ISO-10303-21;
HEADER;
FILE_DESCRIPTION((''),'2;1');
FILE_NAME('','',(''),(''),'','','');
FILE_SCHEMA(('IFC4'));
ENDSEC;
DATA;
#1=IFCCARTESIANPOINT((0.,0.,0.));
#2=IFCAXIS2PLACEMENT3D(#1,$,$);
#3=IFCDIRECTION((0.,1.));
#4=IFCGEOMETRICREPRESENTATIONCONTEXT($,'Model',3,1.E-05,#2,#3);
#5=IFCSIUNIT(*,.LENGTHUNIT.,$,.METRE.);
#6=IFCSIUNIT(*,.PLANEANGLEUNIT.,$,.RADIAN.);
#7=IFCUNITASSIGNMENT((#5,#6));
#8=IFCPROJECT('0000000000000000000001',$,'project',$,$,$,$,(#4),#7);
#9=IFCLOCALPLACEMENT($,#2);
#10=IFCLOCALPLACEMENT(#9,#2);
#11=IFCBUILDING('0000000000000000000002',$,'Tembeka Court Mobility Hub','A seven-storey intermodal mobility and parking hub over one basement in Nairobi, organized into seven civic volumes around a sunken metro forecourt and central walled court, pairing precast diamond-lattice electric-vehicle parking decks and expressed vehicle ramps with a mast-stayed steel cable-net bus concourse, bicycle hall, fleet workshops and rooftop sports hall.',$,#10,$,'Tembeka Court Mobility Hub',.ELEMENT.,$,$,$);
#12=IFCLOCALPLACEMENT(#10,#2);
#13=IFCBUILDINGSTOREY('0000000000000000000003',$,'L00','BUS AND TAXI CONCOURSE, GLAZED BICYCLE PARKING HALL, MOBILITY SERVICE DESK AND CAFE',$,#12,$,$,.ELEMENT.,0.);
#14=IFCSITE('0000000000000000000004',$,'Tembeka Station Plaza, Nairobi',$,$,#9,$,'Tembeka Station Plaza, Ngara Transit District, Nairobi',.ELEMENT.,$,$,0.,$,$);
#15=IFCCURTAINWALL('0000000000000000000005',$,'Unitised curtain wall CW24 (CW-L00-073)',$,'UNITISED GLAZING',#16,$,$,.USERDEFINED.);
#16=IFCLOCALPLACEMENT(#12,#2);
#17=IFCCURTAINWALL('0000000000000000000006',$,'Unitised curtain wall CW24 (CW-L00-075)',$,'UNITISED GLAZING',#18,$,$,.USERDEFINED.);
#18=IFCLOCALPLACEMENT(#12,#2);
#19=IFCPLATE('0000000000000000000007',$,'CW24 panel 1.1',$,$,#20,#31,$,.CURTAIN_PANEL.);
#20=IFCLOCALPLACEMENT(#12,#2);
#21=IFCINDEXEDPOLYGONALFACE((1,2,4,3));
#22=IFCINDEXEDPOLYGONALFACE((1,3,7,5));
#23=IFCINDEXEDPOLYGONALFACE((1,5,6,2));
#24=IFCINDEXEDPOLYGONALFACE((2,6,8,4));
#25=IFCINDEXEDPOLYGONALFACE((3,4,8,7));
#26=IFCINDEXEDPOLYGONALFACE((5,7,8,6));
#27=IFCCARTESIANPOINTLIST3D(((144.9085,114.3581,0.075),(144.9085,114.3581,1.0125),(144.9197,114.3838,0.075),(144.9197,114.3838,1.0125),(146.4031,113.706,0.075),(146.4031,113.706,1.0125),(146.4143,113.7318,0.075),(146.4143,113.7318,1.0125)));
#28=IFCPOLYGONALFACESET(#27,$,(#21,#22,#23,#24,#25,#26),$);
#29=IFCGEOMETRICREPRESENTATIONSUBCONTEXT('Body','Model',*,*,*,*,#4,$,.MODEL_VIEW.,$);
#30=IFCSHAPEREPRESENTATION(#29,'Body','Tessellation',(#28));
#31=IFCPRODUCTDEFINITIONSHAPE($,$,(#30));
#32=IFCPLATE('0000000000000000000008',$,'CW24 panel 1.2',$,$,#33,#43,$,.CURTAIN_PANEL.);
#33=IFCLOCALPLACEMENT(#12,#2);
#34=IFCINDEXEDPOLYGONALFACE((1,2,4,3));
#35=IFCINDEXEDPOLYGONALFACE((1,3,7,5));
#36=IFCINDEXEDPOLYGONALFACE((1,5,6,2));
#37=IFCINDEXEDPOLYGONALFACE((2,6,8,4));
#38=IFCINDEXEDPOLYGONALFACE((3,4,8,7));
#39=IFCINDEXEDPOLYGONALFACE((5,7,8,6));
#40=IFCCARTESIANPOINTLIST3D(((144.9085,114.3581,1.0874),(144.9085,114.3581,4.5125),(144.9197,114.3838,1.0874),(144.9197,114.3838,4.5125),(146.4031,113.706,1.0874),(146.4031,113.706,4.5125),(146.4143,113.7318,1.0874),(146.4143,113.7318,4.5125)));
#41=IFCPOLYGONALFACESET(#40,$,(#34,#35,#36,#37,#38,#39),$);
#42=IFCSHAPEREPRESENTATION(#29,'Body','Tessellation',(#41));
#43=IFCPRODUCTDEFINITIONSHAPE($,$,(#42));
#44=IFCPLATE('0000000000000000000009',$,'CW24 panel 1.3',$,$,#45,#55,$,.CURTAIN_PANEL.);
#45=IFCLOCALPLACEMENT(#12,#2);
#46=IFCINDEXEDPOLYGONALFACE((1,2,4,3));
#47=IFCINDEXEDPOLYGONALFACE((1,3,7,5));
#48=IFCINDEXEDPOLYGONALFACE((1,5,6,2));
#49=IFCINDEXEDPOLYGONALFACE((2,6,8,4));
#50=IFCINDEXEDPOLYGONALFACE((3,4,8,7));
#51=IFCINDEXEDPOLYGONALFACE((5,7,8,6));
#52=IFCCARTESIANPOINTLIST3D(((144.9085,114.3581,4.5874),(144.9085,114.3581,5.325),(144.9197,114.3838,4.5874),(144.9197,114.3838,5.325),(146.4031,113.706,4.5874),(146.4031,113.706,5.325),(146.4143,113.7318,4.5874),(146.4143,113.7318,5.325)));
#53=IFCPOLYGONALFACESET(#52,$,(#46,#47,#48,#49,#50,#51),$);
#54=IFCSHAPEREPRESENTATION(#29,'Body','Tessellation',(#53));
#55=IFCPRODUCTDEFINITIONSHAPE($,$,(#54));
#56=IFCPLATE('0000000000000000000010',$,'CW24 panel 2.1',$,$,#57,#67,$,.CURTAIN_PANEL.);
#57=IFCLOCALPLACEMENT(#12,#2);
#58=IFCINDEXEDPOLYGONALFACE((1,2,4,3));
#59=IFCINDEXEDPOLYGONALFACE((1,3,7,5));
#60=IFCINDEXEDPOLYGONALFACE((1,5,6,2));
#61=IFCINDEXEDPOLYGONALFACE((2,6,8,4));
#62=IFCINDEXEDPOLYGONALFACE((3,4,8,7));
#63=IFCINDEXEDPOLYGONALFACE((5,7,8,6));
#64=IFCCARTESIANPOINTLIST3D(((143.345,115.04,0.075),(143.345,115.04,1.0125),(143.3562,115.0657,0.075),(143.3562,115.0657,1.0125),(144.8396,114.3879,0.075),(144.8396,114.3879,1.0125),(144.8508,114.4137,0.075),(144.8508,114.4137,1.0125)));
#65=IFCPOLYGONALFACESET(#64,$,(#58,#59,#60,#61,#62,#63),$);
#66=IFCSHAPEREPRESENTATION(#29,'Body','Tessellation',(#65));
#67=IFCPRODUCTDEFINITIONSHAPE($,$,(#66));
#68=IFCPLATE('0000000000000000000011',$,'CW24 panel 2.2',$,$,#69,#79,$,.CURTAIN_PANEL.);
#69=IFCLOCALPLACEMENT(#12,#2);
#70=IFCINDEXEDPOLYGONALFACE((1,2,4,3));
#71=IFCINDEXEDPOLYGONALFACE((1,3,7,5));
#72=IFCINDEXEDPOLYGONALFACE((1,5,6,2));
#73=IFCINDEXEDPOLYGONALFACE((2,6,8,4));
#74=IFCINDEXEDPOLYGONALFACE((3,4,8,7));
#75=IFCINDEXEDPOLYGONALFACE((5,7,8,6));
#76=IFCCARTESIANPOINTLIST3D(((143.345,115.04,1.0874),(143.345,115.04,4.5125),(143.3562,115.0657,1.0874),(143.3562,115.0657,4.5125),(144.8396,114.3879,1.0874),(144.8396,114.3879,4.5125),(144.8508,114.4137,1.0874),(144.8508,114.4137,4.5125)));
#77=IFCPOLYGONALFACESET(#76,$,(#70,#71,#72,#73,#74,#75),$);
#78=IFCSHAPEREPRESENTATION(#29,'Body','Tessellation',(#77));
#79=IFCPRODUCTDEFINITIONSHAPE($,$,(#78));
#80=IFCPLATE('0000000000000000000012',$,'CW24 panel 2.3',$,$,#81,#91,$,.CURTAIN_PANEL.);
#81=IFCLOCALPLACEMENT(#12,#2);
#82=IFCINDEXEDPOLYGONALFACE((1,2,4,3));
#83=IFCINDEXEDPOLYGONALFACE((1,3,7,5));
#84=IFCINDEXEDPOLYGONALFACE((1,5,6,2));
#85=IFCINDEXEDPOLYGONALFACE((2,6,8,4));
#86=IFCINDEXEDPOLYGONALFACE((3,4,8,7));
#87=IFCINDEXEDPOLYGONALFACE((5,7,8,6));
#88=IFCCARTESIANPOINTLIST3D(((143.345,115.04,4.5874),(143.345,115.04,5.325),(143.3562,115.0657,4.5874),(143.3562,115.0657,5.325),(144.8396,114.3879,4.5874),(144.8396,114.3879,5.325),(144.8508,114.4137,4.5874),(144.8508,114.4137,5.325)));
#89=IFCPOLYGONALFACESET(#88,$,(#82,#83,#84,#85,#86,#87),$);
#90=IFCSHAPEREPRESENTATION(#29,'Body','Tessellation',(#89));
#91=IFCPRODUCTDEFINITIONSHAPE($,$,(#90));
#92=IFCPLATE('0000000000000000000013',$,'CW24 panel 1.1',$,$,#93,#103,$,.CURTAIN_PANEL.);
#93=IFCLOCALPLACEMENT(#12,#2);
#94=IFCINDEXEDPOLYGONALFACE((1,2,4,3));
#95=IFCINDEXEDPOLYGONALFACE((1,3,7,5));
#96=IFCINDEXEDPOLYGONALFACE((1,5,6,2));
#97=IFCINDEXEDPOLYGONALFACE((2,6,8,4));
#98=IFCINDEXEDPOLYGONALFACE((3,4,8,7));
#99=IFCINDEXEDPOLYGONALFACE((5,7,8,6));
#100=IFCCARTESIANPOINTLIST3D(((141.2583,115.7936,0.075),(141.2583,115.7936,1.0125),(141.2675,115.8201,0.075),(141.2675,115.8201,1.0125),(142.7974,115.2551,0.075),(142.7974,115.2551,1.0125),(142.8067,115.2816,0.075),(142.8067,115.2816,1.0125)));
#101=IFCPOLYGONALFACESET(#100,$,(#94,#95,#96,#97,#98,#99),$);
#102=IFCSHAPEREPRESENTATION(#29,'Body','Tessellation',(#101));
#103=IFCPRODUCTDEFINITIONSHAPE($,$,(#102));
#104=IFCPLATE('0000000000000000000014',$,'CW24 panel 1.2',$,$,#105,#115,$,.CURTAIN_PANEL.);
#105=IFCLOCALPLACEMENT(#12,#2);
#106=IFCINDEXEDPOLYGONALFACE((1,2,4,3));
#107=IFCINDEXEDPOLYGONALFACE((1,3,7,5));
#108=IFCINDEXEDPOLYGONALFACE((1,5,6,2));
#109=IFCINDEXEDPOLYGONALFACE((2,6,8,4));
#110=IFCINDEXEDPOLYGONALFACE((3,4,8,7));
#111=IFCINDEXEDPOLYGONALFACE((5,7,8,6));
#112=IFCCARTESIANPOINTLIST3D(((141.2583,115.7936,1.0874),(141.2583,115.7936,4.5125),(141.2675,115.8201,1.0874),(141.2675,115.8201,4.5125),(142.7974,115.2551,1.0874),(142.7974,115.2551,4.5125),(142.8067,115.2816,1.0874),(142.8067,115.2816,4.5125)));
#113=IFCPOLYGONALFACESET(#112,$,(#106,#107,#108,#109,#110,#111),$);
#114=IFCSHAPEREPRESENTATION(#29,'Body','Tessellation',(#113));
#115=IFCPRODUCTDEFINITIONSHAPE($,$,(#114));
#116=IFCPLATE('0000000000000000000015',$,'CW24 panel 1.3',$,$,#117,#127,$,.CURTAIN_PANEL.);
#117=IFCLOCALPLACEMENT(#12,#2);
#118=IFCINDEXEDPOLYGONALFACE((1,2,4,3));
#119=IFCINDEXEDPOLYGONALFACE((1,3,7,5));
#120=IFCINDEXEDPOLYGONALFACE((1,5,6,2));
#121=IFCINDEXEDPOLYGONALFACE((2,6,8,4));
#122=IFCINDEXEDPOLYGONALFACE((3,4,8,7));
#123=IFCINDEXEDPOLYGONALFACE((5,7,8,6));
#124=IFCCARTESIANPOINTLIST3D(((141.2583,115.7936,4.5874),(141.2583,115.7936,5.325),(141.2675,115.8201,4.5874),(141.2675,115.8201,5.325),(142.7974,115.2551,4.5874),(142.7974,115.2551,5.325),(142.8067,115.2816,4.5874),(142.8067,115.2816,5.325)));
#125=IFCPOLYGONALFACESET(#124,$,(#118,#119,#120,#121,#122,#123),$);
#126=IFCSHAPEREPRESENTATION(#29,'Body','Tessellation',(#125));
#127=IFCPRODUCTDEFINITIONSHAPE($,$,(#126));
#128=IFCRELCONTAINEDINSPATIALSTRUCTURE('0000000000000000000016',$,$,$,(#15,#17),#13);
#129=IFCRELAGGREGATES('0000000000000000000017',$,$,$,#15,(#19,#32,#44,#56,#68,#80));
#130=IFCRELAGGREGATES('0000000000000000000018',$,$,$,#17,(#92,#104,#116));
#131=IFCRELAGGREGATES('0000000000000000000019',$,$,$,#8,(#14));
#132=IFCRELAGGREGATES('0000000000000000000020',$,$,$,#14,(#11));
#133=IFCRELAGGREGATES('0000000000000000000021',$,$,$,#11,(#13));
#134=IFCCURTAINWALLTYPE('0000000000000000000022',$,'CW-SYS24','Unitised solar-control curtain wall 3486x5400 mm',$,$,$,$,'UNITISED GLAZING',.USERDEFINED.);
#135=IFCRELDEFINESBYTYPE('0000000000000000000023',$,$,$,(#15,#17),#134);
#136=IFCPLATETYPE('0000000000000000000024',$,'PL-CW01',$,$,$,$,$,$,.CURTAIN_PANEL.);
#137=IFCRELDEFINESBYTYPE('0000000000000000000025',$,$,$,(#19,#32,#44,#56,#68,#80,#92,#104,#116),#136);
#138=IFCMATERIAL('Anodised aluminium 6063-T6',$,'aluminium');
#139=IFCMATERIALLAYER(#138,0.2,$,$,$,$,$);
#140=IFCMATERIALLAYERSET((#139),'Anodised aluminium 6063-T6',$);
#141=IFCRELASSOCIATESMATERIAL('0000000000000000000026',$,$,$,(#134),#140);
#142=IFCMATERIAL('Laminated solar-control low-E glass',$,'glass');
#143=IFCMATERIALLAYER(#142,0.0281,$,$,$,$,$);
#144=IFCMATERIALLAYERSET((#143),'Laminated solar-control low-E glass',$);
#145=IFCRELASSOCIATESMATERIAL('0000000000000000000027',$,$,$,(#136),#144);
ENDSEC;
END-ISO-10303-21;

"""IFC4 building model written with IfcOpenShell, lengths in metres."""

from ifc_helpers import new_model, si_unit, direction, frame, origin, origin_2d, place, context, subcontext, project, spatial, rectangle, extrude, material, layer, layer_set, type_object, element, aggregate, save


model = new_model("IFC4")

# Units and contexts
model_context = context("Model", 3, precision=1e-05, world=origin(), true_north=direction((0.0, 1.0)))
body_context = subcontext(model_context, "Body", "Model", "MODEL_VIEW")
ifc_project = project(units=[si_unit("LENGTHUNIT", "METRE"), si_unit("PLANEANGLEUNIT", "RADIAN")], contexts=[model_context])

# Site, building, storey
site_placement = place(None, origin())
site = spatial("IfcSite", under=ifc_project, at=site_placement, Name="Tembeka Station Plaza, Nairobi", LongName="Tembeka Station Plaza, Ngara Transit District, Nairobi", CompositionType="ELEMENT", RefElevation=0.0)
building_placement = place(site_placement, origin())
building = spatial("IfcBuilding", under=site, at=building_placement, Name="Tembeka Court Mobility Hub", Description="A seven-storey intermodal mobility and parking hub over one basement in Nairobi, organized into seven civic volumes around a sunken metro forecourt and central walled court, pairing precast diamond-lattice electric-vehicle parking decks and expressed vehicle ramps with a mast-stayed steel cable-net bus concourse, bicycle hall, fleet workshops and rooftop sports hall.", LongName="Tembeka Court Mobility Hub", CompositionType="ELEMENT")
storey_placement = place(building_placement, origin())
storey = spatial("IfcBuildingStorey", under=building, at=storey_placement, Name="L00", Description="BUS AND TAXI CONCOURSE, GLAZED BICYCLE PARKING HALL, MOBILITY SERVICE DESK AND CAFE", CompositionType="ELEMENT", Elevation=0.0)

# Shared definitions
ifc_material_1 = material(Name="Anodised aluminium 6063-T6", Category="aluminium")
ifc_layer_1 = layer(ifc_material_1, 0.2)
ifc_layer_set_1 = layer_set([ifc_layer_1], Name="Anodised aluminium 6063-T6")
curtain_wall_type = type_object("IfcCurtainWallType", Name="CW-SYS24", Description="Unitised solar-control curtain wall 3486x5400 mm", ElementType="UNITISED GLAZING", PredefinedType="USERDEFINED", material=ifc_layer_set_1)

# Curtain walls
curtain_wall_1_placement = place(storey_placement, origin())
curtain_wall_1 = element("IfcCurtainWall", 1, at=curtain_wall_1_placement, inside=storey, type_object=curtain_wall_type, Name="Unitised curtain wall CW24 (CW-L00-073)", ObjectType="UNITISED GLAZING", PredefinedType="USERDEFINED")
curtain_wall_2_placement = place(storey_placement, origin())
curtain_wall_2 = element("IfcCurtainWall", 2, at=curtain_wall_2_placement, inside=storey, type_object=curtain_wall_type, Name="Unitised curtain wall CW24 (CW-L00-075)", ObjectType="UNITISED GLAZING", PredefinedType="USERDEFINED")

# Plates
ifc_material_2 = material(Name="Laminated solar-control low-E glass", Category="glass")
ifc_layer_2 = layer(ifc_material_2, 0.0281)
ifc_layer_set_2 = layer_set([ifc_layer_2], Name="Laminated solar-control low-E glass")
plate_type = type_object("IfcPlateType", Name="PL-CW01", PredefinedType="CURTAIN_PANEL", material=ifc_layer_set_2)
plate_1_placement = place(storey_placement, frame((145.6614, 114.0449, 0.075), z_axis=(0.0, 0.0, 1.0), x_axis=(-0.916572, 0.399869, 0.0)))
plate_1 = element("IfcPlate", 3, at=plate_1_placement, type_object=plate_type, Name="CW24 panel 1.1", PredefinedType="CURTAIN_PANEL", context=body_context, shape_type="SweptSolid", body=[
    extrude(rectangle(XDim=1.6306, YDim=0.0281, at=origin_2d()), origin(), (0.0, 0.0, 1.0), 0.9375),
])
plate_2_placement = place(storey_placement, frame((145.6614, 114.0449, 1.0874), z_axis=(0.0, 0.0, 1.0), x_axis=(-0.916572, 0.399869, 0.0)))
plate_2 = element("IfcPlate", 4, at=plate_2_placement, type_object=plate_type, Name="CW24 panel 1.2", PredefinedType="CURTAIN_PANEL", context=body_context, shape_type="SweptSolid", body=[
    extrude(rectangle(XDim=1.6306, YDim=0.0281, at=origin_2d()), origin(), (0.0, 0.0, 1.0), 3.425),
])
plate_3_placement = place(storey_placement, frame((145.6614, 114.0449, 4.5874), z_axis=(0.0, 0.0, 1.0), x_axis=(-0.916572, 0.399869, 0.0)))
plate_3 = element("IfcPlate", 5, at=plate_3_placement, type_object=plate_type, Name="CW24 panel 1.3", PredefinedType="CURTAIN_PANEL", context=body_context, shape_type="SweptSolid", body=[
    extrude(rectangle(XDim=1.6306, YDim=0.0281, at=origin_2d()), origin(), (0.0, 0.0, 1.0), 0.7375),
])
plate_4_placement = place(storey_placement, frame((144.0979, 114.7268, 0.075), z_axis=(0.0, 0.0, 1.0), x_axis=(-0.916572, 0.399869, 0.0)))
plate_4 = element("IfcPlate", 6, at=plate_4_placement, type_object=plate_type, Name="CW24 panel 2.1", PredefinedType="CURTAIN_PANEL", context=body_context, shape_type="SweptSolid", body=[
    extrude(rectangle(XDim=1.6306, YDim=0.0281, at=origin_2d()), origin(), (0.0, 0.0, 1.0), 0.9375),
])
plate_5_placement = place(storey_placement, frame((144.0979, 114.7268, 1.0874), z_axis=(0.0, 0.0, 1.0), x_axis=(-0.916572, 0.399869, 0.0)))
plate_5 = element("IfcPlate", 7, at=plate_5_placement, type_object=plate_type, Name="CW24 panel 2.2", PredefinedType="CURTAIN_PANEL", context=body_context, shape_type="SweptSolid", body=[
    extrude(rectangle(XDim=1.6306, YDim=0.0281, at=origin_2d()), origin(), (0.0, 0.0, 1.0), 3.425),
])
plate_6_placement = place(storey_placement, frame((144.0979, 114.7268, 4.5874), z_axis=(0.0, 0.0, 1.0), x_axis=(-0.916572, 0.399869, 0.0)))
plate_6 = element("IfcPlate", 8, at=plate_6_placement, type_object=plate_type, Name="CW24 panel 2.3", PredefinedType="CURTAIN_PANEL", context=body_context, shape_type="SweptSolid", body=[
    extrude(rectangle(XDim=1.6306, YDim=0.0281, at=origin_2d()), origin(), (0.0, 0.0, 1.0), 0.7375),
])
aggregate(curtain_wall_1, [plate_1, plate_2, plate_3, plate_4, plate_5, plate_6])
plate_7_placement = place(storey_placement, frame((142.0325, 115.5376, 0.075), z_axis=(0.0, 0.0, 1.0), x_axis=(-0.943889, 0.330264, 0.0)))
plate_7 = element("IfcPlate", 9, at=plate_7_placement, type_object=plate_type, Name="CW24 panel 1.1", PredefinedType="CURTAIN_PANEL", context=body_context, shape_type="SweptSolid", body=[
    extrude(rectangle(XDim=1.6306, YDim=0.0281, at=origin_2d()), origin(), (0.0, 0.0, 1.0), 0.9375),
])
plate_8_placement = place(storey_placement, frame((142.0325, 115.5376, 1.0874), z_axis=(0.0, 0.0, 1.0), x_axis=(-0.943889, 0.330264, 0.0)))
plate_8 = element("IfcPlate", 10, at=plate_8_placement, type_object=plate_type, Name="CW24 panel 1.2", PredefinedType="CURTAIN_PANEL", context=body_context, shape_type="SweptSolid", body=[
    extrude(rectangle(XDim=1.6306, YDim=0.0281, at=origin_2d()), origin(), (0.0, 0.0, 1.0), 3.425),
])
plate_9_placement = place(storey_placement, frame((142.0325, 115.5376, 4.5874), z_axis=(0.0, 0.0, 1.0), x_axis=(-0.943889, 0.330264, 0.0)))
plate_9 = element("IfcPlate", 11, at=plate_9_placement, type_object=plate_type, Name="CW24 panel 1.3", PredefinedType="CURTAIN_PANEL", context=body_context, shape_type="SweptSolid", body=[
    extrude(rectangle(XDim=1.6306, YDim=0.0281, at=origin_2d()), origin(), (0.0, 0.0, 1.0), 0.7375),
])
aggregate(curtain_wall_2, [plate_7, plate_8, plate_9])

save(model, "model.ifc")
